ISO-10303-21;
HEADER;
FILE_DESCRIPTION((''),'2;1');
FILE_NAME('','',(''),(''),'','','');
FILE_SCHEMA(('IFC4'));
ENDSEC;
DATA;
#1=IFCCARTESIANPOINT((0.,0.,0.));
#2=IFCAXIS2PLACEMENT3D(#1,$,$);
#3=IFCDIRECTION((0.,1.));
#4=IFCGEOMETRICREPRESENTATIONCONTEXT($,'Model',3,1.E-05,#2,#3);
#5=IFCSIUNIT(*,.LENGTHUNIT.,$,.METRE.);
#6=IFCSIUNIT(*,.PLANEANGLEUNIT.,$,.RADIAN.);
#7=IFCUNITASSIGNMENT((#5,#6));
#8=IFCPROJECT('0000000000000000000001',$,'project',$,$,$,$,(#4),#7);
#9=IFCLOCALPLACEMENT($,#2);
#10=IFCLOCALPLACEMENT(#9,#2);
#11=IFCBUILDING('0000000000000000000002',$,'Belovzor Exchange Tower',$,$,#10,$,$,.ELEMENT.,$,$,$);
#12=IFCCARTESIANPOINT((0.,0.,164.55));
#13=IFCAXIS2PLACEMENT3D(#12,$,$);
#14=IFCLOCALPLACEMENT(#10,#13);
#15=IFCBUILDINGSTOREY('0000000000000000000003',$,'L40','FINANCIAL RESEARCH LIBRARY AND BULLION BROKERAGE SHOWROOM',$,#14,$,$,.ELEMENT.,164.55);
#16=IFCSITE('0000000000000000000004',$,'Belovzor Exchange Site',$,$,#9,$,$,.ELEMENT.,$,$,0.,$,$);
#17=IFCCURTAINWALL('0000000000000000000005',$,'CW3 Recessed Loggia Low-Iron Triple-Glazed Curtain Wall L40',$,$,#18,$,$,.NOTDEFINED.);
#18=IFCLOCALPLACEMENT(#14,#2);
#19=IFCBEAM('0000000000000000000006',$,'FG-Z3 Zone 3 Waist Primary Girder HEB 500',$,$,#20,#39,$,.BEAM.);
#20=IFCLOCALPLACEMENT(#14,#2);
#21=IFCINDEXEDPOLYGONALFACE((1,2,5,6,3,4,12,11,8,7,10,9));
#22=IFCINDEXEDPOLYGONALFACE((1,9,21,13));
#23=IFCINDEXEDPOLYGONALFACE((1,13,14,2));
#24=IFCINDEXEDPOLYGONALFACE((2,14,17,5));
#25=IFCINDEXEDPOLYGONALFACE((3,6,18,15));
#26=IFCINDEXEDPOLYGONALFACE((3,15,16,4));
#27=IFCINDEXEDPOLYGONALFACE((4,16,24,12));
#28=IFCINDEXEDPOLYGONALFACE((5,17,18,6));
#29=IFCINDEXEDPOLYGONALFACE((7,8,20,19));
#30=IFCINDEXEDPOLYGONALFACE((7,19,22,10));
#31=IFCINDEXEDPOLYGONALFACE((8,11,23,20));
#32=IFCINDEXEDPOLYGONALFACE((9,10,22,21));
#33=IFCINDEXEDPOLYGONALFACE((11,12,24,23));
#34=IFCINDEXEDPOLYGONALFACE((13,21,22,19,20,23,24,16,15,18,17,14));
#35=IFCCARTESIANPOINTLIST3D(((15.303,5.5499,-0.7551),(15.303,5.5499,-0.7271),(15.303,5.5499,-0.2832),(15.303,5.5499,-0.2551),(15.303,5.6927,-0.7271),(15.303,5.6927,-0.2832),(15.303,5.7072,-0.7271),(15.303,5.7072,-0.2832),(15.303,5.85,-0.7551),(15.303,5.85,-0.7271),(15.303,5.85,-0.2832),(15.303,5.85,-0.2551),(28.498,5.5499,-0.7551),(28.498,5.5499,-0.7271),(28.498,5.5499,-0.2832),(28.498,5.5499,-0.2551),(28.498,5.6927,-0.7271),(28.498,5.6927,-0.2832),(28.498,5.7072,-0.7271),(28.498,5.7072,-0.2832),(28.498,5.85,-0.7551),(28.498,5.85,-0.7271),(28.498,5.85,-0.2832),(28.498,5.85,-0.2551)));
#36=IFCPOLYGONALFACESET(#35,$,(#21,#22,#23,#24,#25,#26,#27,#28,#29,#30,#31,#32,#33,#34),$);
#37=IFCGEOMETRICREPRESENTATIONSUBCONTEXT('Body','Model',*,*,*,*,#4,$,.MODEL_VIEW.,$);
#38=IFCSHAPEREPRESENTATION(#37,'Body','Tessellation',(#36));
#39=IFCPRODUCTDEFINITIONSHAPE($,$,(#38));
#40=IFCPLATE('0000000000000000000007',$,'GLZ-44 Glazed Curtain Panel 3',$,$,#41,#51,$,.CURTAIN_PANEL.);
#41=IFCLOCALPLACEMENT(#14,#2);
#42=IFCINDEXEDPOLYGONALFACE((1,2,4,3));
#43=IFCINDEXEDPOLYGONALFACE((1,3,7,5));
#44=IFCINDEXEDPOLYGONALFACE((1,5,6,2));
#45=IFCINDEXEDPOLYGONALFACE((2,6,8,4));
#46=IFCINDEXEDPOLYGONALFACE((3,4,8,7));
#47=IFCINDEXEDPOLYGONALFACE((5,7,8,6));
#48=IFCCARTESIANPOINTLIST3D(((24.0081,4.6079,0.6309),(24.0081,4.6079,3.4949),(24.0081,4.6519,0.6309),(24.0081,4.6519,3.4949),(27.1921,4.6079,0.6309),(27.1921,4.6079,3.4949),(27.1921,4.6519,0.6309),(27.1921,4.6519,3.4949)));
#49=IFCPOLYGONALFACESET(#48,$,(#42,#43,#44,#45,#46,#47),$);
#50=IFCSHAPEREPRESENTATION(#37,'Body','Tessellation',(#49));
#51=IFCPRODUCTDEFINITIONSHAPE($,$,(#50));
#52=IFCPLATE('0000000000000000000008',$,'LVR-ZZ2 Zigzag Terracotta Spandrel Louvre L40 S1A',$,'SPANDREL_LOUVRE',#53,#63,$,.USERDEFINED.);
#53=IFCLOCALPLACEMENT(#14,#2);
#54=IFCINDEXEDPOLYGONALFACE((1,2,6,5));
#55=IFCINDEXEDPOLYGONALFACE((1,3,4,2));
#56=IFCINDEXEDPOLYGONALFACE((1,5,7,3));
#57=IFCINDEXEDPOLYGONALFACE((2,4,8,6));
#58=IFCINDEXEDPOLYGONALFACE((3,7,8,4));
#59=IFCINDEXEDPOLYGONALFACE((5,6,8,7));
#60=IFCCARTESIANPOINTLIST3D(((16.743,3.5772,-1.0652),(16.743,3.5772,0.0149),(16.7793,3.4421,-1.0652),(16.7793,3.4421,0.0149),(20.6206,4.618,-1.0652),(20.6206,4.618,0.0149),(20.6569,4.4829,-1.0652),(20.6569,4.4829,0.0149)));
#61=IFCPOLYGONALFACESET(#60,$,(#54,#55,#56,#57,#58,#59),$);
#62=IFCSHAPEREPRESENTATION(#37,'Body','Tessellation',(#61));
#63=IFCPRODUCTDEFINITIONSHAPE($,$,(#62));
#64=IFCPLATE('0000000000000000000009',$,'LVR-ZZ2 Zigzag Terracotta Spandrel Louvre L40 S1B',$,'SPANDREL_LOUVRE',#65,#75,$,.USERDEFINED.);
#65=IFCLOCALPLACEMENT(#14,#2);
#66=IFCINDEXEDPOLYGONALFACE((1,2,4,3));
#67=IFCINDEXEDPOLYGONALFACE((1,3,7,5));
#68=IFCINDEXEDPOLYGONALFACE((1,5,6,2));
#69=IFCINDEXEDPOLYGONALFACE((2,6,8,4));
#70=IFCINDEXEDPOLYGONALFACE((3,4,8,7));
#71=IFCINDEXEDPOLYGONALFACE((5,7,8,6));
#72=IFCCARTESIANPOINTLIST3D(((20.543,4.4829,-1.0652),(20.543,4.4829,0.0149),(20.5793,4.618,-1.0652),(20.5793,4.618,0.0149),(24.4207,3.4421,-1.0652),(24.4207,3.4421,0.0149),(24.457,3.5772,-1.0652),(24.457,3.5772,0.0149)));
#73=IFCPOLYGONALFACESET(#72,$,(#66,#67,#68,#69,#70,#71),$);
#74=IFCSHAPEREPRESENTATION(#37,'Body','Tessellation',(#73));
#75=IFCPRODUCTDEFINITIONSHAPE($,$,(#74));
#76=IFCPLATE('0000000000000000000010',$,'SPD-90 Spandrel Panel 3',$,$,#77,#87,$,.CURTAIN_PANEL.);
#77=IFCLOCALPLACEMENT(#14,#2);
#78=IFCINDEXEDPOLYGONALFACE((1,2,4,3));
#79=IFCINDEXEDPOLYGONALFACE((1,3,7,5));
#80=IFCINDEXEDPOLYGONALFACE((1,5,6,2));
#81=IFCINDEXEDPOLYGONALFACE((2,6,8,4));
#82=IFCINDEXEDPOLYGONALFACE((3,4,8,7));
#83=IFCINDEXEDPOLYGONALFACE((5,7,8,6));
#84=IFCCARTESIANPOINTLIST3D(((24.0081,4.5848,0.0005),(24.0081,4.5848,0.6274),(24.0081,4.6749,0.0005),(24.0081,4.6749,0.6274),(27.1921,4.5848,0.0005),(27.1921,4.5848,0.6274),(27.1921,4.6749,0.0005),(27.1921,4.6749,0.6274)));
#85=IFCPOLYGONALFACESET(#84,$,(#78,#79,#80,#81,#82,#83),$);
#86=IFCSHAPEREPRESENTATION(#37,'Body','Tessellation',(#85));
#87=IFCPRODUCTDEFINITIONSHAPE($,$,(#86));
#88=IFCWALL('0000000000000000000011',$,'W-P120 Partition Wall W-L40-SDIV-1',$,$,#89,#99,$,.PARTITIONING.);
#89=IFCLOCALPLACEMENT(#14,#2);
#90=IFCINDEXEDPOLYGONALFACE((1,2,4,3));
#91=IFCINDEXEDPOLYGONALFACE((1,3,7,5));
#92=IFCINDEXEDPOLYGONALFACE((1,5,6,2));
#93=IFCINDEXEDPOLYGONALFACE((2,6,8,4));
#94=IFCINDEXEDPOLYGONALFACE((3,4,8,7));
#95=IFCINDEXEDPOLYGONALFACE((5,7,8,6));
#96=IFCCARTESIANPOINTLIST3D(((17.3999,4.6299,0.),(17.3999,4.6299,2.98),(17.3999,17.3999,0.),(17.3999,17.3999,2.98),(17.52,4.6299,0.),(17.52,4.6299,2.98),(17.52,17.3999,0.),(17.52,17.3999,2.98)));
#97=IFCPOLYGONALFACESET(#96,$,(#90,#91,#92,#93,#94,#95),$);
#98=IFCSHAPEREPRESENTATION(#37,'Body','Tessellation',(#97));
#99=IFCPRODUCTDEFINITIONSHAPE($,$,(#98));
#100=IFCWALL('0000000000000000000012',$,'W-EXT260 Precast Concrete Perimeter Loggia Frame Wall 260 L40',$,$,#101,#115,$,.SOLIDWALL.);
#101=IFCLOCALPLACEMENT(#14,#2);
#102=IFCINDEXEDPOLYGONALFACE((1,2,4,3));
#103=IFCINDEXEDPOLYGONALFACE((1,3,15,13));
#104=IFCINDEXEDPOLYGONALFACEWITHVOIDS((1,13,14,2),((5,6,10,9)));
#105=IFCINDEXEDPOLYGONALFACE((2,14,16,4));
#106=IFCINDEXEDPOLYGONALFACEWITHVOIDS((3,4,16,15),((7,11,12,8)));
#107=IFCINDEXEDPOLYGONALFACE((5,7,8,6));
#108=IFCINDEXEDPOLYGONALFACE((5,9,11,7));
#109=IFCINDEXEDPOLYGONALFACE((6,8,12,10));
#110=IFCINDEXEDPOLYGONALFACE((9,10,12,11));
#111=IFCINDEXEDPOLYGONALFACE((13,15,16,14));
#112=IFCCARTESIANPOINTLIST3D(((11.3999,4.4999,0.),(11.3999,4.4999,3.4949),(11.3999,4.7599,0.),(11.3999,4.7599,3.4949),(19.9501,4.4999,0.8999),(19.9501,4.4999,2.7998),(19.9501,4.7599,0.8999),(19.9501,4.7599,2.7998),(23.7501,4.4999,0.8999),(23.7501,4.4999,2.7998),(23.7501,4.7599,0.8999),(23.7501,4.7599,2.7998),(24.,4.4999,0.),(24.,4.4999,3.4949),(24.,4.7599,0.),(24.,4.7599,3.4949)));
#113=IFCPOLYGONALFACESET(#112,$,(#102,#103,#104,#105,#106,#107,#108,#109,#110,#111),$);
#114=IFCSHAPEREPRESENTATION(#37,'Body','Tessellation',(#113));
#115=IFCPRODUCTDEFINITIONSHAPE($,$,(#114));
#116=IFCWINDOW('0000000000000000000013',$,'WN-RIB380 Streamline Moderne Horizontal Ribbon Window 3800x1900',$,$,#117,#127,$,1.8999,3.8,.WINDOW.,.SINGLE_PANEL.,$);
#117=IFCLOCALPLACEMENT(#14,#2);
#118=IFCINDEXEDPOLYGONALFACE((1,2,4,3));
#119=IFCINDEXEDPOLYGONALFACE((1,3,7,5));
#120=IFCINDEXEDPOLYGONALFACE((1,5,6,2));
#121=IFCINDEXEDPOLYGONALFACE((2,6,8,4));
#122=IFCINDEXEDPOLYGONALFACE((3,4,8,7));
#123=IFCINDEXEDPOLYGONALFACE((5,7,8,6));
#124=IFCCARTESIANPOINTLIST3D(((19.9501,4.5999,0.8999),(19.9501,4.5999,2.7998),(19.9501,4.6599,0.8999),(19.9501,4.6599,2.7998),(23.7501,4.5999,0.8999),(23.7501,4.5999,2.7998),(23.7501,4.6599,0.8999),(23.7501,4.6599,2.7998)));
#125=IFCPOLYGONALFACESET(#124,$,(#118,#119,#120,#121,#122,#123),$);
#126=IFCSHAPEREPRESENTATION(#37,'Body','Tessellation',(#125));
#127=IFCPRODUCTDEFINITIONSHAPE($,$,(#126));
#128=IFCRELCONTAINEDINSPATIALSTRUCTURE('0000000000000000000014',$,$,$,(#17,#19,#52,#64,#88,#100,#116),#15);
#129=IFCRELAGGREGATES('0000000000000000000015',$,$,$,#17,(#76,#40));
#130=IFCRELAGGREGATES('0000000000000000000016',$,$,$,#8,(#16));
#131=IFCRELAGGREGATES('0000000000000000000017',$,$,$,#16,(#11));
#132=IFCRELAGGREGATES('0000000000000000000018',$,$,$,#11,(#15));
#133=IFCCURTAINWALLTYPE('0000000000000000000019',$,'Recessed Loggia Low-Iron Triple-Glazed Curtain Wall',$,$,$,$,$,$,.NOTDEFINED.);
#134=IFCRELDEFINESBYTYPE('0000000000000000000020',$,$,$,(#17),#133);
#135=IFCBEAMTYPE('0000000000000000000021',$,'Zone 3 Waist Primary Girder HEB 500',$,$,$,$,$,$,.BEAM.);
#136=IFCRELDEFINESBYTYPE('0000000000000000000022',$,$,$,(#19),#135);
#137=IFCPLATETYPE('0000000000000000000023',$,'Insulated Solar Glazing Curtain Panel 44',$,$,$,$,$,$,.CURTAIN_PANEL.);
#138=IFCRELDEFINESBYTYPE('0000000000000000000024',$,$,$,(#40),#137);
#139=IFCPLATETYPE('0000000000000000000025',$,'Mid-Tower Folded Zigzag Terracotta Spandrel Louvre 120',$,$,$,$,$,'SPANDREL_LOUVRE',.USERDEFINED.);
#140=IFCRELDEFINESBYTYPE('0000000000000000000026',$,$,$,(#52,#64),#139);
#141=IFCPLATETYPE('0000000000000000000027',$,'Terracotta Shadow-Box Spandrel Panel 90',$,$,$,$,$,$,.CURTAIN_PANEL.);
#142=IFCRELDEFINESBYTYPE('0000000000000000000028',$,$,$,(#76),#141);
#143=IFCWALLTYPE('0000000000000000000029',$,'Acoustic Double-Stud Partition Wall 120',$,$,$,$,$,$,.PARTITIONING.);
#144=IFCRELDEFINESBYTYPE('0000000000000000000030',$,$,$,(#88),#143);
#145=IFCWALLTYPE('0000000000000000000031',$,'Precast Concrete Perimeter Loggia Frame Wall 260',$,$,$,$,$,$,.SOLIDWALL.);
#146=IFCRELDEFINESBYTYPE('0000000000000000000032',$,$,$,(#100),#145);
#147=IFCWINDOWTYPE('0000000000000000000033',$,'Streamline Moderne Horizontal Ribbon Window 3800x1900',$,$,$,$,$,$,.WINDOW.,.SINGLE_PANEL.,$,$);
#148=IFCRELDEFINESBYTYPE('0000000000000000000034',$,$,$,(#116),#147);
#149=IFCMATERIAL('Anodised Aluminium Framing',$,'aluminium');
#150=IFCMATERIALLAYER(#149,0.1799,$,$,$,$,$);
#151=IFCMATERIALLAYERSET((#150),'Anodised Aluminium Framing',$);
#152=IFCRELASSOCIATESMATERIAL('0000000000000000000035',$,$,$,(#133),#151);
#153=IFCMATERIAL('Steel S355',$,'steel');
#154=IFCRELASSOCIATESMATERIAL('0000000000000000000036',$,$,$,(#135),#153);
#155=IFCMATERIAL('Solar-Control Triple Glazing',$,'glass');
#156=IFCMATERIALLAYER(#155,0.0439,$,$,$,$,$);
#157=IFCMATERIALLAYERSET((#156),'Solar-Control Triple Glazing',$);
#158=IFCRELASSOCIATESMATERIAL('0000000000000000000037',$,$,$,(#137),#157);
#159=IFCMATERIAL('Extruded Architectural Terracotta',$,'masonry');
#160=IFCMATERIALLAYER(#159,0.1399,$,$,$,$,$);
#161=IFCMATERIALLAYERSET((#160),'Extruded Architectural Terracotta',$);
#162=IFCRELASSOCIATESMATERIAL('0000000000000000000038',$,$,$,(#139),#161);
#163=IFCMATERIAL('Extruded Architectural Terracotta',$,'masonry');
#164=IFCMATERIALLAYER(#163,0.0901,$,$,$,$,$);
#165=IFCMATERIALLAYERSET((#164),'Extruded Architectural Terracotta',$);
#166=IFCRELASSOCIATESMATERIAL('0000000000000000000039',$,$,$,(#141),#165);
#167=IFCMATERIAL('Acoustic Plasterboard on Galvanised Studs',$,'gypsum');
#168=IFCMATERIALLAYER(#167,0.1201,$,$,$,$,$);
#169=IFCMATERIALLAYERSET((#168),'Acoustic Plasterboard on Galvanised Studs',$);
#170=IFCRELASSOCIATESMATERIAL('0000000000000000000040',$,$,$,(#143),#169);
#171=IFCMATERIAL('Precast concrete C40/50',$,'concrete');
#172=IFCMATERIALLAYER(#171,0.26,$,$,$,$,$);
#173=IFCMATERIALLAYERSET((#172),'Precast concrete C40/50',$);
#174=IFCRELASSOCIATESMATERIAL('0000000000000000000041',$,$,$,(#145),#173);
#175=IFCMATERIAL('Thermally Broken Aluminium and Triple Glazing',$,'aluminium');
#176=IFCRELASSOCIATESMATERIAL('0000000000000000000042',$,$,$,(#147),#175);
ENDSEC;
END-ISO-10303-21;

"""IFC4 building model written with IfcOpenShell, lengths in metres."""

from ifc_helpers import new_model, si_unit, direction, frame, frame_2d, origin, origin_2d, place, context, subcontext, project, spatial, rectangle, i_section, extrude, material, layer, layer_set, material_profile, profile_set, type_object, element, fill, aggregate, save


model = new_model("IFC4")

# Units and contexts
model_context = context("Model", 3, precision=1e-05, world=origin(), true_north=direction((0.0, 1.0)))
body_context = subcontext(model_context, "Body", "Model", "MODEL_VIEW")
ifc_project = project(units=[si_unit("LENGTHUNIT", "METRE"), si_unit("PLANEANGLEUNIT", "RADIAN")], contexts=[model_context])

# Site, building, storey
site_placement = place(None, origin())
site = spatial("IfcSite", under=ifc_project, at=site_placement, Name="Belovzor Exchange Site", CompositionType="ELEMENT", RefElevation=0.0)
building_placement = place(site_placement, origin())
building = spatial("IfcBuilding", under=site, at=building_placement, Name="Belovzor Exchange Tower", CompositionType="ELEMENT")
storey_placement = place(building_placement, frame((0.0, 0.0, 164.55)))
storey = spatial("IfcBuildingStorey", under=building, at=storey_placement, Name="L40", Description="FINANCIAL RESEARCH LIBRARY AND BULLION BROKERAGE SHOWROOM", CompositionType="ELEMENT", Elevation=164.55)

# Curtain wall
ifc_material_1 = material(Name="Anodised Aluminium Framing", Category="aluminium")
ifc_layer_1 = layer(ifc_material_1, 0.1799)
ifc_layer_set_1 = layer_set([ifc_layer_1], Name="Anodised Aluminium Framing")
curtain_wall_type = type_object("IfcCurtainWallType", Name="Recessed Loggia Low-Iron Triple-Glazed Curtain Wall", PredefinedType="NOTDEFINED", material=ifc_layer_set_1)
curtain_wall_placement = place(storey_placement, origin())
curtain_wall = element("IfcCurtainWall", 1, at=curtain_wall_placement, inside=storey, type_object=curtain_wall_type, Name="CW3 Recessed Loggia Low-Iron Triple-Glazed Curtain Wall L40", PredefinedType="NOTDEFINED")

# Beam
ifc_material_2 = material(Name="Steel S355", Category="steel")
ifc_material_profile_1 = material_profile(ifc_material_2, i_section(OverallWidth=0.3, OverallDepth=0.5, WebThickness=0.0144, FlangeThickness=0.0281, at=origin_2d()))
ifc_profile_set_1 = profile_set([ifc_material_profile_1], Name="Steel S355")
beam_type_1 = type_object("IfcBeamType", Name="Zone 3 Waist Primary Girder HEB 500", PredefinedType="BEAM", material=ifc_profile_set_1)
beam_1_placement = place(storey_placement, frame((15.303, 5.7, -0.5051), z_axis=(1.0, 0.0, 0.0), x_axis=(0.0, 1.0, 0.0)))
element("IfcBeam", 2, at=beam_1_placement, inside=storey, type_object=beam_type_1, Name="FG-Z3 Zone 3 Waist Primary Girder HEB 500", PredefinedType="BEAM", context=body_context, shape_type="SweptSolid", body=[
    extrude(i_section(OverallWidth=0.3, OverallDepth=0.5, WebThickness=0.0144, FlangeThickness=0.0281, at=origin_2d()), origin(), (0.0, 0.0, 1.0), 13.1951),
])

# Plate
ifc_material_3 = material(Name="Solar-Control Triple Glazing", Category="glass")
ifc_layer_2 = layer(ifc_material_3, 0.0439)
ifc_layer_set_2 = layer_set([ifc_layer_2], Name="Solar-Control Triple Glazing")
plate_type_1 = type_object("IfcPlateType", Name="Insulated Solar Glazing Curtain Panel 44", PredefinedType="CURTAIN_PANEL", material=ifc_layer_set_2)
plate_1_placement = place(storey_placement, frame((25.6001, 4.6299, 0.6309), z_axis=(0.0, 0.0, 1.0), x_axis=(-1.0, 0.0, 0.0)))
plate_1 = element("IfcPlate", 3, at=plate_1_placement, type_object=plate_type_1, Name="GLZ-44 Glazed Curtain Panel 3", PredefinedType="CURTAIN_PANEL", context=body_context, shape_type="SweptSolid", body=[
    extrude(rectangle(XDim=3.1841, YDim=0.0439, at=origin_2d()), origin(), (0.0, 0.0, 1.0), 2.864),
])

# Plates
ifc_material_4 = material(Name="Extruded Architectural Terracotta", Category="masonry")
ifc_layer_3 = layer(ifc_material_4, 0.1399)
ifc_layer_set_3 = layer_set([ifc_layer_3], Name="Extruded Architectural Terracotta")
plate_type_2 = type_object("IfcPlateType", Name="Mid-Tower Folded Zigzag Terracotta Spandrel Louvre 120", ElementType="SPANDREL_LOUVRE", PredefinedType="USERDEFINED", material=ifc_layer_set_3)
for number, where, z_axis, x_axis, name in (
    (4, (18.7, 4.03, -1.0652), (0.0, 0.0, 1.0), (0.965813, 0.25924, 0.0), "LVR-ZZ2 Zigzag Terracotta Spandrel Louvre L40 S1A"),
    (5, (22.5, 4.03, -1.0652), (0.0, 0.0, 1.0), (0.965813, -0.25924, 0.0), "LVR-ZZ2 Zigzag Terracotta Spandrel Louvre L40 S1B"),
):
    element("IfcPlate", number, at=place(storey_placement, frame(where, z_axis=z_axis, x_axis=x_axis)), inside=storey, type_object=plate_type_2, Name=name, ObjectType="SPANDREL_LOUVRE", PredefinedType="USERDEFINED", context=body_context, shape_type="SweptSolid", body=[
        extrude(rectangle(XDim=4.0149, YDim=0.1399, at=origin_2d()), origin(), (0.0, 0.0, 1.0), 1.0801),
    ])

# Plate
ifc_material_5 = material(Name="Extruded Architectural Terracotta", Category="masonry")
ifc_layer_4 = layer(ifc_material_5, 0.0901)
ifc_layer_set_4 = layer_set([ifc_layer_4], Name="Extruded Architectural Terracotta")
plate_type_3 = type_object("IfcPlateType", Name="Terracotta Shadow-Box Spandrel Panel 90", PredefinedType="CURTAIN_PANEL", material=ifc_layer_set_4)
plate_2_placement = place(storey_placement, frame((25.6001, 4.6299, 0.0005), z_axis=(0.0, 0.0, 1.0), x_axis=(-1.0, 0.0, 0.0)))
plate_2 = element("IfcPlate", 6, at=plate_2_placement, type_object=plate_type_3, Name="SPD-90 Spandrel Panel 3", PredefinedType="CURTAIN_PANEL", context=body_context, shape_type="SweptSolid", body=[
    extrude(rectangle(XDim=3.1841, YDim=0.0901, at=origin_2d()), origin(), (0.0, 0.0, 1.0), 0.627),
])
aggregate(curtain_wall, [plate_2, plate_1])

# Wall
ifc_material_6 = material(Name="Acoustic Plasterboard on Galvanised Studs", Category="gypsum")
ifc_layer_5 = layer(ifc_material_6, 0.1201)
ifc_layer_set_5 = layer_set([ifc_layer_5], Name="Acoustic Plasterboard on Galvanised Studs")
wall_type_1 = type_object("IfcWallType", Name="Acoustic Double-Stud Partition Wall 120", PredefinedType="PARTITIONING", material=ifc_layer_set_5)
wall_1_placement = place(storey_placement, frame((17.46, 4.6299, 0.0), z_axis=(0.0, 0.0, 1.0), x_axis=(0.0, 1.0, 0.0)))
element("IfcWall", 7, at=wall_1_placement, inside=storey, type_object=wall_type_1, Name="W-P120 Partition Wall W-L40-SDIV-1", PredefinedType="PARTITIONING", context=body_context, shape_type="SweptSolid", body=[
    extrude(rectangle(XDim=12.77, YDim=0.1201, at=frame_2d((6.385, 0.0))), origin(), (0.0, 0.0, 1.0), 2.98),
])

# Wall, opening, window
ifc_material_7 = material(Name="Precast concrete C40/50", Category="concrete")
ifc_layer_6 = layer(ifc_material_7, 0.26)
ifc_layer_set_6 = layer_set([ifc_layer_6], Name="Precast concrete C40/50")
wall_type_2 = type_object("IfcWallType", Name="Precast Concrete Perimeter Loggia Frame Wall 260", PredefinedType="SOLIDWALL", material=ifc_layer_set_6)
wall_2_placement = place(storey_placement, frame((24.0, 4.6299, 0.0), z_axis=(0.0, 0.0, 1.0), x_axis=(-1.0, 0.0, 0.0)))
wall_2 = element("IfcWall", 8, at=wall_2_placement, inside=storey, type_object=wall_type_2, Name="W-EXT260 Precast Concrete Perimeter Loggia Frame Wall 260 L40", PredefinedType="SOLIDWALL", context=body_context, shape_type="SweptSolid", body=[
    extrude(rectangle(XDim=12.6001, YDim=0.26, at=frame_2d((6.3, 0.0))), origin(), (0.0, 0.0, 1.0), 3.4949),
])
opening_placement = place(wall_2_placement, frame((0.25, 0.0, 0.8999)))
opening = element("IfcOpeningElement", 9, at=opening_placement, cuts=wall_2, PredefinedType="OPENING", context=body_context, shape_type="SweptSolid", body=[
    extrude(rectangle(XDim=3.8, YDim=1.8999, at=frame_2d((1.8999, 0.95))), frame((0.0, 0.1399, 0.0), z_axis=(0.0, -1.0, 0.0), x_axis=(1.0, 0.0, 0.0)), (0.0, 0.0, 1.0), 0.28),
])
ifc_material_8 = material(Name="Thermally Broken Aluminium and Triple Glazing", Category="aluminium")
window_type = type_object("IfcWindowType", Name="Streamline Moderne Horizontal Ribbon Window 3800x1900", PartitioningType="SINGLE_PANEL", PredefinedType="WINDOW", material=ifc_material_8)
window_placement = place(opening_placement, origin())
window = element("IfcWindow", 10, at=window_placement, inside=storey, type_object=window_type, Name="WN-RIB380 Streamline Moderne Horizontal Ribbon Window 3800x1900", OverallHeight=1.8999, OverallWidth=3.8, PartitioningType="SINGLE_PANEL", PredefinedType="WINDOW", context=body_context, shape_type="SweptSolid", body=[
    extrude(rectangle(XDim=3.8, YDim=1.8999, at=frame_2d((1.8999, 0.95))), frame((0.0, 0.03, 0.0), z_axis=(0.0, -1.0, 0.0), x_axis=(1.0, 0.0, 0.0)), (0.0, 0.0, 1.0), 0.0601),
])
fill(opening, window)

save(model, "model.ifc")
